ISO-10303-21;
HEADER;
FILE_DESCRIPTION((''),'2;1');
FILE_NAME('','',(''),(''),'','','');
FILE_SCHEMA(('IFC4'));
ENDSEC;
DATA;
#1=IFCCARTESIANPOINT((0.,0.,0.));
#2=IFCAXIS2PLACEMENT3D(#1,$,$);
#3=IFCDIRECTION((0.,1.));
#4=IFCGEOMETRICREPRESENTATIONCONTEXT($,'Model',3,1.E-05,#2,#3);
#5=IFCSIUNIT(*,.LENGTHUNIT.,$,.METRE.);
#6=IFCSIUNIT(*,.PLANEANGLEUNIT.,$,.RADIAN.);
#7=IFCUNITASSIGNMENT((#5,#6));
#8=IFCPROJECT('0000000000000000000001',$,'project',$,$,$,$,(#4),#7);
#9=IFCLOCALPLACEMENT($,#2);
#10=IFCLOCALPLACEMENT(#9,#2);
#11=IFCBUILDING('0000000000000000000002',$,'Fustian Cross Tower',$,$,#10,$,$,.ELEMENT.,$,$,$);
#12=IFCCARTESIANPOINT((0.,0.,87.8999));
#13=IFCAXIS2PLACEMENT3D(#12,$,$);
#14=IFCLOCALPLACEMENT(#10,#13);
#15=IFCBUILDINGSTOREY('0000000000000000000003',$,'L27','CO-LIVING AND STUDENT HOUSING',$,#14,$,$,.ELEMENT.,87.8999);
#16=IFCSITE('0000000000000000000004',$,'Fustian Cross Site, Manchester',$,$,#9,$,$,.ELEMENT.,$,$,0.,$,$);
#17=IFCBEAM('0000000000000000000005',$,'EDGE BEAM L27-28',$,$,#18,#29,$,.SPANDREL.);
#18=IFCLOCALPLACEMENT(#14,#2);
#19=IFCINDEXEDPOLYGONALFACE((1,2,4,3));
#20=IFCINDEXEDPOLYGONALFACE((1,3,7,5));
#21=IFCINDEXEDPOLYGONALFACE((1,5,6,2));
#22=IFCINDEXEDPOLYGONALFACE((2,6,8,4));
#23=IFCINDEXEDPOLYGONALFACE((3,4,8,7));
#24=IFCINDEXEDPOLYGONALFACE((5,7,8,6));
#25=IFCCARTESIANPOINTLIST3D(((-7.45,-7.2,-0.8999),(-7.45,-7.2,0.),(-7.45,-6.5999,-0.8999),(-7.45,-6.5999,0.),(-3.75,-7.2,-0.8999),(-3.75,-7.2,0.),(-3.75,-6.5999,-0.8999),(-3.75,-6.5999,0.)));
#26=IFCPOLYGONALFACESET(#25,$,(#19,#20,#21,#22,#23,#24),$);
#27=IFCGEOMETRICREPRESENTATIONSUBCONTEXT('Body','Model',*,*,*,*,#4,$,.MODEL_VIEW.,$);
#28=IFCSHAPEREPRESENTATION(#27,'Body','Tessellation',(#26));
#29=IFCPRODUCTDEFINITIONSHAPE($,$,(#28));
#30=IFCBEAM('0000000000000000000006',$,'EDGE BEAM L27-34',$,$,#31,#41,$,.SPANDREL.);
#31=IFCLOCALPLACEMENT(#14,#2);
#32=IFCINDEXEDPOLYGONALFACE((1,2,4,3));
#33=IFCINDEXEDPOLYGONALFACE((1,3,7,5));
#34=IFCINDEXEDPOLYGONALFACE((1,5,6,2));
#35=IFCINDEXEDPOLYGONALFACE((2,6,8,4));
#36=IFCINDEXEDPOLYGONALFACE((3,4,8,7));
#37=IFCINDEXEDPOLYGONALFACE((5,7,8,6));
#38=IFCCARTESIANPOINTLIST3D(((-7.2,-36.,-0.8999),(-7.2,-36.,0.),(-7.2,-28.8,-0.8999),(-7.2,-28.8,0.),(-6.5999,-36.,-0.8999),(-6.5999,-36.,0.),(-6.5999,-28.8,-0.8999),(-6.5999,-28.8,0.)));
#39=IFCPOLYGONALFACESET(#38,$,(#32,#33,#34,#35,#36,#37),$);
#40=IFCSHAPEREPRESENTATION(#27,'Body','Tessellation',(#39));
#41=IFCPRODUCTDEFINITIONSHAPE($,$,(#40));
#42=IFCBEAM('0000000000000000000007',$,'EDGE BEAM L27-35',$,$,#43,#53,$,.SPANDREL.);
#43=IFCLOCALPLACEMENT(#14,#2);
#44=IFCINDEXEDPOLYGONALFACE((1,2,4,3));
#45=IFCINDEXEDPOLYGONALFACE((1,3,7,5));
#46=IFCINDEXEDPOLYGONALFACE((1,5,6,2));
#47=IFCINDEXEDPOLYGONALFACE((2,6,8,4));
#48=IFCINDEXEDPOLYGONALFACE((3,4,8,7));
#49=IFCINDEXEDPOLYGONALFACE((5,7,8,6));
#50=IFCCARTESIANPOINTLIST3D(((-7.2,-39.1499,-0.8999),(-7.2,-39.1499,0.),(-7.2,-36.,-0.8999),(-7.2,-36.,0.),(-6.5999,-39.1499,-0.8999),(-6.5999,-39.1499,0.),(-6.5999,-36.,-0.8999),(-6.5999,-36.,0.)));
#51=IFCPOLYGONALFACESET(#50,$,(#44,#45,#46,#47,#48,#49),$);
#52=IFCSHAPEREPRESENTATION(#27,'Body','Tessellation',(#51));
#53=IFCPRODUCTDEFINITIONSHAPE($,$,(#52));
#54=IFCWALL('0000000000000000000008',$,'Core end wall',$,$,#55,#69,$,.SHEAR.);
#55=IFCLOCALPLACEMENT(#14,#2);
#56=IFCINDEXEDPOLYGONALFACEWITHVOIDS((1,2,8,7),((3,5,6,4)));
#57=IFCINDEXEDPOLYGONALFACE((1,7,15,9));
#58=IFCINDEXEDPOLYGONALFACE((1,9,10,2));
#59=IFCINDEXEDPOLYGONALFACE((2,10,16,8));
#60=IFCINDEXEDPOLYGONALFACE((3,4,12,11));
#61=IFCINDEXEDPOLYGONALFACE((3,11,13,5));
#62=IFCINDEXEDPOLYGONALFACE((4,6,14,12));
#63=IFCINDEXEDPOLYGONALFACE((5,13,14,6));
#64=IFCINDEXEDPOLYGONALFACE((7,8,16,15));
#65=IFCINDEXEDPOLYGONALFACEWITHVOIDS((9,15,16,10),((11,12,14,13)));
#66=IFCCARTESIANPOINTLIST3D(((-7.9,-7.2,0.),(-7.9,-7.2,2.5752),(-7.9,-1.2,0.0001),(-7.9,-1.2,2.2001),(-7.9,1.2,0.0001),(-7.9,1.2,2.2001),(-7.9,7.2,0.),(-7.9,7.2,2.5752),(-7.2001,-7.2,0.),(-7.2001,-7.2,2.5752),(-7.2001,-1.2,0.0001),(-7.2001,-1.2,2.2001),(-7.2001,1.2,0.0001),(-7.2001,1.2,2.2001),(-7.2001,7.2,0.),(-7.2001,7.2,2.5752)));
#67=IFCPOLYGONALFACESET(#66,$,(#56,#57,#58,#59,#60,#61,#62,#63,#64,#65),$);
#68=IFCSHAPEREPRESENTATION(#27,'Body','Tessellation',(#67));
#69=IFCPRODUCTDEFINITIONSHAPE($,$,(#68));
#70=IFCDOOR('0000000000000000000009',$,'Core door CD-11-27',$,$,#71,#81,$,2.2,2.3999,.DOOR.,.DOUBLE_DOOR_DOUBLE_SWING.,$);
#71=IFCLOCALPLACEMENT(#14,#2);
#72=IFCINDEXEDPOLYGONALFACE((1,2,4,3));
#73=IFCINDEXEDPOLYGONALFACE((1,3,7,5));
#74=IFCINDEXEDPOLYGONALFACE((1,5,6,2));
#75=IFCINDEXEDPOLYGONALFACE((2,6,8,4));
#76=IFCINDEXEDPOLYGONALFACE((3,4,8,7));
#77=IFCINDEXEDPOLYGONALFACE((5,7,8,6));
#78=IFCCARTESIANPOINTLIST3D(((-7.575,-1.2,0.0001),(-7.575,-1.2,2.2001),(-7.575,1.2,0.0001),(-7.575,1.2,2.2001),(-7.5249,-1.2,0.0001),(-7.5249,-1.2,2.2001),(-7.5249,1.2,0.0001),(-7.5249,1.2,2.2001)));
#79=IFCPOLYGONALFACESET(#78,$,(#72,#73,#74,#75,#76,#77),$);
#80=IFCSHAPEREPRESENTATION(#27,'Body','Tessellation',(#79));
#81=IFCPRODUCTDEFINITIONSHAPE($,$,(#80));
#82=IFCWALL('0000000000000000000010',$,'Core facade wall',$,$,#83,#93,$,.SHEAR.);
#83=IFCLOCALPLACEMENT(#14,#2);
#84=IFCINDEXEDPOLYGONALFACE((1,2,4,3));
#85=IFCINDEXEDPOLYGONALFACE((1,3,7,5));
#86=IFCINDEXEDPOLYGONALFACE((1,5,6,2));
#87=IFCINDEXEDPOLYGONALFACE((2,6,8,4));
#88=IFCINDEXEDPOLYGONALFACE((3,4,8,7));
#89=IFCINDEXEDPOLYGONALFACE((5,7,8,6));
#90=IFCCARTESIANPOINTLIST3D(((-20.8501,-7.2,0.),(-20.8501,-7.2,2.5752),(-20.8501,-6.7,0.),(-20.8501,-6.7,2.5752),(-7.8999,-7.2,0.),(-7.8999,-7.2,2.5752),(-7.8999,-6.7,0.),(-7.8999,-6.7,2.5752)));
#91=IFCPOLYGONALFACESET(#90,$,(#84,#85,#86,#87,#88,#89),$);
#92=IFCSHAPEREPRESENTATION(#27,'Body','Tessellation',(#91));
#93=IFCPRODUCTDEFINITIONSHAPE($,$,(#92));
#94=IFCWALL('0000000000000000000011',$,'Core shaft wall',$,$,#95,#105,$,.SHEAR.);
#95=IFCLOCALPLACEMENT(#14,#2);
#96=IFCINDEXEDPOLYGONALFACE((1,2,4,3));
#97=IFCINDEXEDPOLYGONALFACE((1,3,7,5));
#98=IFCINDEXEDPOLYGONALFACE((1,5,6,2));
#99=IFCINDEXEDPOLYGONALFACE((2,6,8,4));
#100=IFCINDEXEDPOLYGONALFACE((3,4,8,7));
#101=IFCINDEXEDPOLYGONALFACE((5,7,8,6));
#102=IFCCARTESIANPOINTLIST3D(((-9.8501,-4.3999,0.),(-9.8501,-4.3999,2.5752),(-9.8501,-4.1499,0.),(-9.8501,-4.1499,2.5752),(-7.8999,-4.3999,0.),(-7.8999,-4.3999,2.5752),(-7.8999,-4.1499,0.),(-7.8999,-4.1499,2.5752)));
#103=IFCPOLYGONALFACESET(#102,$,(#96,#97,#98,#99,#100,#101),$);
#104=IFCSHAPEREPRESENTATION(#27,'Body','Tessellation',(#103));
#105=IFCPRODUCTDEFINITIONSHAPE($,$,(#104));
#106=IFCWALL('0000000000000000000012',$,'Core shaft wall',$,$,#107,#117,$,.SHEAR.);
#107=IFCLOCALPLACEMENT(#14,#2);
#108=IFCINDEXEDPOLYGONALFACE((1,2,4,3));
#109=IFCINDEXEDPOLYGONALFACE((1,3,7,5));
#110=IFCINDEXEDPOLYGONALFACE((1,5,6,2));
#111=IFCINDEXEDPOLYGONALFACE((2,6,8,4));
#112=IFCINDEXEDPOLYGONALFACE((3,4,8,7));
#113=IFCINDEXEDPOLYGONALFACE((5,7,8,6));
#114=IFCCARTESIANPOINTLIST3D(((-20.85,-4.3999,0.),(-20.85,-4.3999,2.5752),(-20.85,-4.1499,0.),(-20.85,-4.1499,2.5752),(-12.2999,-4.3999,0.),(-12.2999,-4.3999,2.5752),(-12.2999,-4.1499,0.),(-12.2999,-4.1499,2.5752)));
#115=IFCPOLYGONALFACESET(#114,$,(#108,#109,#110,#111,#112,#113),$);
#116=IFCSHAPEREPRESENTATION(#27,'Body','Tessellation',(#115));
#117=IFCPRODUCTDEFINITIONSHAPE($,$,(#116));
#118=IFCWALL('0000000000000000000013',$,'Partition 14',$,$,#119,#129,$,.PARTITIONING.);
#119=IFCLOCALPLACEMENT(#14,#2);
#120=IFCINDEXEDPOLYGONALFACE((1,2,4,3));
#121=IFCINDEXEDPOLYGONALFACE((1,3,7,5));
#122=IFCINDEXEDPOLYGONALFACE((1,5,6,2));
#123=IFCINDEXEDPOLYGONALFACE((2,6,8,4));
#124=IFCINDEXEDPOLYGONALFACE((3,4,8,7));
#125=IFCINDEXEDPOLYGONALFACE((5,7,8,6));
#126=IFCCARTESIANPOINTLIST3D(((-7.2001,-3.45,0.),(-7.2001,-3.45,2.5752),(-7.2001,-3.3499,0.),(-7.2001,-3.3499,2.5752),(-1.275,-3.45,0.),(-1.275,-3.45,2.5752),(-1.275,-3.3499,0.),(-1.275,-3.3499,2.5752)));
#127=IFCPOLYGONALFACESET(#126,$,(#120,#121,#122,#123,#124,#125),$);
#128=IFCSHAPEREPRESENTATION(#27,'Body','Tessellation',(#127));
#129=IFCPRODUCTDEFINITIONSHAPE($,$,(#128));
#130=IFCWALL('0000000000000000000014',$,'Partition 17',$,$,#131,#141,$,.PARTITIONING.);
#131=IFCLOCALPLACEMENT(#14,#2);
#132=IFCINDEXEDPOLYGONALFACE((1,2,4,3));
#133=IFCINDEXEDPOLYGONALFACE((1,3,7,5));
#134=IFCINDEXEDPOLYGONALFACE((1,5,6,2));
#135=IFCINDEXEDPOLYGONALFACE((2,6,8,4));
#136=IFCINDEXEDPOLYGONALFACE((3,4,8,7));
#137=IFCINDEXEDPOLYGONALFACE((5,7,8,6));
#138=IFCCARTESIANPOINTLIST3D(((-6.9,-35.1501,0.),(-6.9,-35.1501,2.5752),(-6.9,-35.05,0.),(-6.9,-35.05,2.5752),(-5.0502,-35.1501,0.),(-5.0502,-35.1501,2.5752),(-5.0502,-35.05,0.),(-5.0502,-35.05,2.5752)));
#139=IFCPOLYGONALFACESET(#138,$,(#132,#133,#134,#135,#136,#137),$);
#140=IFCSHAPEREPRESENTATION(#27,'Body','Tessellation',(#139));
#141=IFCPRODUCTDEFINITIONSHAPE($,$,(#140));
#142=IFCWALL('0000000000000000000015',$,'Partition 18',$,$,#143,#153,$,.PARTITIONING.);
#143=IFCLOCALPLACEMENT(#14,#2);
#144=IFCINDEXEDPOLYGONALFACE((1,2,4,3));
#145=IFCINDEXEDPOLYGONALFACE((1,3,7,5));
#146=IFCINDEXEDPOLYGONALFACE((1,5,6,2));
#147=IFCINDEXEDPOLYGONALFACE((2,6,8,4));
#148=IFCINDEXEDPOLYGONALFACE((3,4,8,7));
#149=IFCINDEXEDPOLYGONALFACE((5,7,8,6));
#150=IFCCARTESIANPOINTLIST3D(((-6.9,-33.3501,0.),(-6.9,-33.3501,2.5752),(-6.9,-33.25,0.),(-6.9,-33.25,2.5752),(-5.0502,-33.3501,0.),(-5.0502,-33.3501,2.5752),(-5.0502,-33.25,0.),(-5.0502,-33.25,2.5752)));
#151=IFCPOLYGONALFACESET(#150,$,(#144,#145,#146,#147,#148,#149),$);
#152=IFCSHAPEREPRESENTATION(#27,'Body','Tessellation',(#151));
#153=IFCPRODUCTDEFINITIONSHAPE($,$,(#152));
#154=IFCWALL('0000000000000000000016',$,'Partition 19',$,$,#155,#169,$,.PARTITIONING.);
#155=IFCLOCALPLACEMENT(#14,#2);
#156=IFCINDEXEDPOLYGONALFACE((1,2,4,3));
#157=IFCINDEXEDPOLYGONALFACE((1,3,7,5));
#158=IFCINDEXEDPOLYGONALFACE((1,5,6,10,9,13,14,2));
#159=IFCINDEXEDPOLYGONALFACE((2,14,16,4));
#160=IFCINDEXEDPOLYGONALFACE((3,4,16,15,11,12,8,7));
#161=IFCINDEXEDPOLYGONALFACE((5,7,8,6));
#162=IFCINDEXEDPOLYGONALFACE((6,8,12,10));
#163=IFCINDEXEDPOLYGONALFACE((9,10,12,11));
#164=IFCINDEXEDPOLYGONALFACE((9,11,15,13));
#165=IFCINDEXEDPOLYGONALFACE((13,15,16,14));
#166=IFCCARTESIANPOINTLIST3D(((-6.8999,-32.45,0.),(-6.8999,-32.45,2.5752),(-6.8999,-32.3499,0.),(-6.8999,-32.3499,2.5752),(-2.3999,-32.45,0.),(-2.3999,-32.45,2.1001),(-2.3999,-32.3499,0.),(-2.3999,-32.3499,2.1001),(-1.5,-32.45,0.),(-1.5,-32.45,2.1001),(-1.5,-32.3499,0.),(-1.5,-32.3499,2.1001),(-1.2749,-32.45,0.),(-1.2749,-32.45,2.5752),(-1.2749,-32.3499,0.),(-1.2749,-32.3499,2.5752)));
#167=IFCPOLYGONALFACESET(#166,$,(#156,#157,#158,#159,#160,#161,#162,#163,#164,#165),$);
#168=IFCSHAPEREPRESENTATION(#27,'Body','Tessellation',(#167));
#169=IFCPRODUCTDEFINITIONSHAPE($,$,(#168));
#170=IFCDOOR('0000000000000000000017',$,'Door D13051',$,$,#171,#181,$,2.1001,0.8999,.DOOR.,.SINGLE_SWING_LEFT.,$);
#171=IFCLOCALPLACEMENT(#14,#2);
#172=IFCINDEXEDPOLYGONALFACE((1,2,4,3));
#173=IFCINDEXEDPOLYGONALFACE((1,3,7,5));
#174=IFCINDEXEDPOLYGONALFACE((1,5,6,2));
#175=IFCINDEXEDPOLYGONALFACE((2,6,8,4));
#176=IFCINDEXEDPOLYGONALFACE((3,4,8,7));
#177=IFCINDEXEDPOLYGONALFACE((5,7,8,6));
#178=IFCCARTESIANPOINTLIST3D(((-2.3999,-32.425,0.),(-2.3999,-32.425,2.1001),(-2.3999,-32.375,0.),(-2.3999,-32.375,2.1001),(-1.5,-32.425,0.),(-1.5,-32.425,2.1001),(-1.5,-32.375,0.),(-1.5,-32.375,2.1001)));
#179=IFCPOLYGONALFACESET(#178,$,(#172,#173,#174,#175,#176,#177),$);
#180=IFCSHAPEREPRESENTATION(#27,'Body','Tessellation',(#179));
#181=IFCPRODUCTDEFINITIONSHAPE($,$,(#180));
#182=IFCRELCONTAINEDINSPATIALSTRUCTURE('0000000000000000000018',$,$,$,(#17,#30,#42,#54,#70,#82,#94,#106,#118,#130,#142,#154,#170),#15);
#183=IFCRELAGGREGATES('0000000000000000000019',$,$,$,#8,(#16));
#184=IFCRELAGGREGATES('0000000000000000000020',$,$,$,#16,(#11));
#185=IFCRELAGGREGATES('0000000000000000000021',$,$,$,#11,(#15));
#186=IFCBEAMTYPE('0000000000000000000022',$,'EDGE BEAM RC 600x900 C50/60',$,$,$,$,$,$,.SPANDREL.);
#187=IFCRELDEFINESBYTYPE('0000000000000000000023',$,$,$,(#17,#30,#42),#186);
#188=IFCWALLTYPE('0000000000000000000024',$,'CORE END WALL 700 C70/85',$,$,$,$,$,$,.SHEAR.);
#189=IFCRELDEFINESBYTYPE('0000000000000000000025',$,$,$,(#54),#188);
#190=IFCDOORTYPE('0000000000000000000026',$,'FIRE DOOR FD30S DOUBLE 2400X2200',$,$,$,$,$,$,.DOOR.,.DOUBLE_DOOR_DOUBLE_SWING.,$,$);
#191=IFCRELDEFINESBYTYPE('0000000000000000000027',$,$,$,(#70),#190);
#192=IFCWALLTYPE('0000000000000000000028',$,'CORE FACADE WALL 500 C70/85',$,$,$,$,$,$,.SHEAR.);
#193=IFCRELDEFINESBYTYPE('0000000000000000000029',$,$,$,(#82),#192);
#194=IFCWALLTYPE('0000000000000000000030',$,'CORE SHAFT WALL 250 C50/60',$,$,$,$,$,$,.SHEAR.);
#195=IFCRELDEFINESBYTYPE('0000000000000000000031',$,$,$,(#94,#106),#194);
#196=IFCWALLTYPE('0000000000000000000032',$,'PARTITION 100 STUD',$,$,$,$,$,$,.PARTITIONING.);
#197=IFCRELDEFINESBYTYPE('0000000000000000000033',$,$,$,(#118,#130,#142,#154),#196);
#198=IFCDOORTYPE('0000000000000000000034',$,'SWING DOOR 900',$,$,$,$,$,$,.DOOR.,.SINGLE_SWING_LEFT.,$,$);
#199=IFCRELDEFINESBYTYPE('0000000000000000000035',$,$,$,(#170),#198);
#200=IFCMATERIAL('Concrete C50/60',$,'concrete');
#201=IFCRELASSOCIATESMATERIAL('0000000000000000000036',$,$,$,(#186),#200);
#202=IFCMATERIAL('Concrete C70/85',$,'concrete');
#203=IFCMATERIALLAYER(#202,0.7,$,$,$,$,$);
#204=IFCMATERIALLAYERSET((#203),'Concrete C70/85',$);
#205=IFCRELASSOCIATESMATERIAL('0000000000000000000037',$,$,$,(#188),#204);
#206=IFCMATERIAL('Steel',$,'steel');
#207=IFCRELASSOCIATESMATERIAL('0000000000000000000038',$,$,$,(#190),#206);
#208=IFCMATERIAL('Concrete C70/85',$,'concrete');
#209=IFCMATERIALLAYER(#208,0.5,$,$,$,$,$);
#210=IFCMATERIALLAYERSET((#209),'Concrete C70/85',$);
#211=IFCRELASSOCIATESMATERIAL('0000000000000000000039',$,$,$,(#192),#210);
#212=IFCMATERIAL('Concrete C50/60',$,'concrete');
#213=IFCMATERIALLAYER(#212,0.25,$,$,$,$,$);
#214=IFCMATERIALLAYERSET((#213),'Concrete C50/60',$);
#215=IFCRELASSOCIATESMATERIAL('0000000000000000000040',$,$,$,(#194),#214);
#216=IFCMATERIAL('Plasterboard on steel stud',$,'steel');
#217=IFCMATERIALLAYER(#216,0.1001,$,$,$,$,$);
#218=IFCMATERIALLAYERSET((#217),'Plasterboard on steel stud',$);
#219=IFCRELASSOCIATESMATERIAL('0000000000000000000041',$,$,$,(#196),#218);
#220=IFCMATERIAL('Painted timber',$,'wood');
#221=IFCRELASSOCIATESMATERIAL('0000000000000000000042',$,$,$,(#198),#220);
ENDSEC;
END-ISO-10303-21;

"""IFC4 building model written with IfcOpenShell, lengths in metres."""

from ifc_helpers import new_model, si_unit, direction, frame, frame_2d, origin, origin_2d, place, context, subcontext, project, spatial, rectangle, extrude, material, layer, layer_set, material_profile, profile_set, type_object, element, fill, save


model = new_model("IFC4")

# Units and contexts
model_context = context("Model", 3, precision=1e-05, world=origin(), true_north=direction((0.0, 1.0)))
body_context = subcontext(model_context, "Body", "Model", "MODEL_VIEW")
ifc_project = project(units=[si_unit("LENGTHUNIT", "METRE"), si_unit("PLANEANGLEUNIT", "RADIAN")], contexts=[model_context])

# Site, building, storey
site_placement = place(None, origin())
site = spatial("IfcSite", under=ifc_project, at=site_placement, Name="Fustian Cross Site, Manchester", CompositionType="ELEMENT", RefElevation=0.0)
building_placement = place(site_placement, origin())
building = spatial("IfcBuilding", under=site, at=building_placement, Name="Fustian Cross Tower", CompositionType="ELEMENT")
storey_placement = place(building_placement, frame((0.0, 0.0, 87.8999)))
storey = spatial("IfcBuildingStorey", under=building, at=storey_placement, Name="L27", Description="CO-LIVING AND STUDENT HOUSING", CompositionType="ELEMENT", Elevation=87.8999)

# Beams
ifc_material_1 = material(Name="Concrete C50/60", Category="concrete")
ifc_material_profile = material_profile(ifc_material_1, rectangle(XDim=0.6001, YDim=0.8999, at=origin_2d()), Name="RC 600x900")
ifc_profile_set = profile_set([ifc_material_profile], Name="Concrete C50/60")
beam_type = type_object("IfcBeamType", Name="EDGE BEAM RC 600x900 C50/60", PredefinedType="SPANDREL", material=ifc_profile_set)
beam_1_placement = place(storey_placement, frame((-7.45, -6.8999, -0.45), z_axis=(1.0, 0.0, 0.0), x_axis=(0.0, 1.0, 0.0)))
element("IfcBeam", 1, at=beam_1_placement, inside=storey, type_object=beam_type, Name="EDGE BEAM L27-28", PredefinedType="SPANDREL", context=body_context, shape_type="SweptSolid", body=[
    extrude(rectangle(XDim=0.6001, YDim=0.8999, at=origin_2d()), origin(), (0.0, 0.0, 1.0), 3.7),
])
beam_2_placement = place(storey_placement, frame((-6.8999, -28.8, -0.45), z_axis=(0.0, -1.0, 0.0), x_axis=(1.0, 0.0, 0.0)))
element("IfcBeam", 2, at=beam_2_placement, inside=storey, type_object=beam_type, Name="EDGE BEAM L27-34", PredefinedType="SPANDREL", context=body_context, shape_type="SweptSolid", body=[
    extrude(rectangle(XDim=0.6001, YDim=0.8999, at=origin_2d()), origin(), (0.0, 0.0, 1.0), 7.2),
])
beam_3_placement = place(storey_placement, frame((-6.8999, -36.0, -0.45), z_axis=(0.0, -1.0, 0.0), x_axis=(1.0, 0.0, 0.0)))
element("IfcBeam", 3, at=beam_3_placement, inside=storey, type_object=beam_type, Name="EDGE BEAM L27-35", PredefinedType="SPANDREL", context=body_context, shape_type="SweptSolid", body=[
    extrude(rectangle(XDim=0.6001, YDim=0.8999, at=origin_2d()), origin(), (0.0, 0.0, 1.0), 3.1499),
])

# Wall, opening, door
ifc_material_2 = material(Name="Concrete C70/85", Category="concrete")
ifc_layer_1 = layer(ifc_material_2, 0.7)
ifc_layer_set_1 = layer_set([ifc_layer_1], Name="Concrete C70/85")
wall_type_1 = type_object("IfcWallType", Name="CORE END WALL 700 C70/85", PredefinedType="SHEAR", material=ifc_layer_set_1)
wall_1_placement = place(storey_placement, frame((-7.55, -7.2, 0.0), z_axis=(0.0, 0.0, 1.0), x_axis=(0.0, 1.0, 0.0)))
wall_1 = element("IfcWall", 4, at=wall_1_placement, inside=storey, type_object=wall_type_1, Name="Core end wall", PredefinedType="SHEAR", context=body_context, shape_type="SweptSolid", body=[
    extrude(rectangle(XDim=14.3999, YDim=0.7, at=frame_2d((7.2, 0.0))), origin(), (0.0, 0.0, 1.0), 2.5752),
])
opening_1_placement = place(wall_1_placement, frame((6.0, 0.0, 0.0)))
opening_1 = element("IfcOpeningElement", 5, at=opening_1_placement, cuts=wall_1, PredefinedType="OPENING", context=body_context, shape_type="SweptSolid", body=[
    extrude(rectangle(XDim=2.3999, YDim=2.2, at=frame_2d((1.2, 1.1001))), frame((0.0, 0.3599, 0.0), z_axis=(0.0, -1.0, 0.0), x_axis=(1.0, 0.0, 0.0)), (0.0, 0.0, 1.0), 0.72),
])
ifc_material_3 = material(Name="Steel", Category="steel")
door_type_1 = type_object("IfcDoorType", Name="FIRE DOOR FD30S DOUBLE 2400X2200", OperationType="DOUBLE_DOOR_DOUBLE_SWING", PredefinedType="DOOR", material=ifc_material_3)
door_1_placement = place(opening_1_placement, origin())
door_1 = element("IfcDoor", 6, at=door_1_placement, inside=storey, type_object=door_type_1, Name="Core door CD-11-27", OperationType="DOUBLE_DOOR_DOUBLE_SWING", OverallHeight=2.2, OverallWidth=2.3999, PredefinedType="DOOR", context=body_context, shape_type="SweptSolid", body=[
    extrude(rectangle(XDim=2.3999, YDim=2.2, at=frame_2d((1.2, 1.1001))), frame((0.0, 0.0249, 0.0), z_axis=(0.0, -1.0, 0.0), x_axis=(1.0, 0.0, 0.0)), (0.0, 0.0, 1.0), 0.05),
])
fill(opening_1, door_1)

# Walls
ifc_material_4 = material(Name="Concrete C70/85", Category="concrete")
ifc_layer_2 = layer(ifc_material_4, 0.5)
ifc_layer_set_2 = layer_set([ifc_layer_2], Name="Concrete C70/85")
wall_type_2 = type_object("IfcWallType", Name="CORE FACADE WALL 500 C70/85", PredefinedType="SHEAR", material=ifc_layer_set_2)
wall_2_placement = place(storey_placement, frame((-7.8999, -6.95, 0.0), z_axis=(0.0, 0.0, 1.0), x_axis=(-1.0, 0.0, 0.0)))
element("IfcWall", 7, at=wall_2_placement, inside=storey, type_object=wall_type_2, Name="Core facade wall", PredefinedType="SHEAR", context=body_context, shape_type="SweptSolid", body=[
    extrude(rectangle(XDim=12.9502, YDim=0.5, at=frame_2d((6.4751, 0.0))), origin(), (0.0, 0.0, 1.0), 2.5752),
])
ifc_material_5 = material(Name="Concrete C50/60", Category="concrete")
ifc_layer_3 = layer(ifc_material_5, 0.25)
ifc_layer_set_3 = layer_set([ifc_layer_3], Name="Concrete C50/60")
wall_type_3 = type_object("IfcWallType", Name="CORE SHAFT WALL 250 C50/60", PredefinedType="SHEAR", material=ifc_layer_set_3)
wall_3_placement = place(storey_placement, frame((-7.8999, -4.2749, 0.0), z_axis=(0.0, 0.0, 1.0), x_axis=(-1.0, 0.0, 0.0)))
element("IfcWall", 8, at=wall_3_placement, inside=storey, type_object=wall_type_3, Name="Core shaft wall", PredefinedType="SHEAR", context=body_context, shape_type="SweptSolid", body=[
    extrude(rectangle(XDim=1.9502, YDim=0.25, at=frame_2d((0.9751, 0.0))), origin(), (0.0, 0.0, 1.0), 2.5752),
])
wall_4_placement = place(storey_placement, frame((-12.3, -4.2749, 0.0), z_axis=(0.0, 0.0, 1.0), x_axis=(-1.0, 0.0, 0.0)))
element("IfcWall", 9, at=wall_4_placement, inside=storey, type_object=wall_type_3, Name="Core shaft wall", PredefinedType="SHEAR", context=body_context, shape_type="SweptSolid", body=[
    extrude(rectangle(XDim=8.55, YDim=0.25, at=frame_2d((4.2749, 0.0))), origin(), (0.0, 0.0, 1.0), 2.5752),
])
ifc_material_6 = material(Name="Plasterboard on steel stud", Category="steel")
ifc_layer_4 = layer(ifc_material_6, 0.1001)
ifc_layer_set_4 = layer_set([ifc_layer_4], Name="Plasterboard on steel stud")
wall_type_4 = type_object("IfcWallType", Name="PARTITION 100 STUD", PredefinedType="PARTITIONING", material=ifc_layer_set_4)
wall_5_placement = place(storey_placement, frame((-7.2, -3.3999, 0.0), z_axis=(0.0, 0.0, 1.0), x_axis=(1.0, 0.0, 0.0)))
element("IfcWall", 10, at=wall_5_placement, inside=storey, type_object=wall_type_4, Name="Partition 14", PredefinedType="PARTITIONING", context=body_context, shape_type="SweptSolid", body=[
    extrude(rectangle(XDim=5.925, YDim=0.1001, at=frame_2d((2.9624, 0.0))), origin(), (0.0, 0.0, 1.0), 2.5752),
])
for number, where, z_axis, x_axis, name in (
    (11, (-6.8999, -35.1001, 0.0), (0.0, 0.0, 1.0), (1.0, 0.0, 0.0), "Partition 17"),
    (12, (-6.8999, -33.3, 0.0), (0.0, 0.0, 1.0), (1.0, 0.0, 0.0), "Partition 18"),
):
    element("IfcWall", number, at=place(storey_placement, frame(where, z_axis=z_axis, x_axis=x_axis)), inside=storey, type_object=wall_type_4, Name=name, PredefinedType="PARTITIONING", context=body_context, shape_type="SweptSolid", body=[
        extrude(rectangle(XDim=1.8499, YDim=0.1001, at=frame_2d((0.9248, 0.0))), origin(), (0.0, 0.0, 1.0), 2.5752),
    ])

# Wall, opening, door
wall_6_placement = place(storey_placement, frame((-6.8999, -32.3999, 0.0), z_axis=(0.0, 0.0, 1.0), x_axis=(1.0, 0.0, 0.0)))
wall_6 = element("IfcWall", 13, at=wall_6_placement, inside=storey, type_object=wall_type_4, Name="Partition 19", PredefinedType="PARTITIONING", context=body_context, shape_type="SweptSolid", body=[
    extrude(rectangle(XDim=5.625, YDim=0.1001, at=frame_2d((2.8125, 0.0))), origin(), (0.0, 0.0, 1.0), 2.5752),
])
opening_2_placement = place(wall_6_placement, frame((4.5, 0.0, 0.0)))
opening_2 = element("IfcOpeningElement", 14, at=opening_2_placement, cuts=wall_6, PredefinedType="OPENING", context=body_context, shape_type="SweptSolid", body=[
    extrude(rectangle(XDim=0.8999, YDim=2.1001, at=frame_2d((0.45, 1.05))), frame((0.0, 0.0601, 0.0), z_axis=(0.0, -1.0, 0.0), x_axis=(1.0, 0.0, 0.0)), (0.0, 0.0, 1.0), 0.1201),
])
ifc_material_7 = material(Name="Painted timber", Category="wood")
door_type_2 = type_object("IfcDoorType", Name="SWING DOOR 900", OperationType="SINGLE_SWING_LEFT", PredefinedType="DOOR", material=ifc_material_7)
door_2_placement = place(opening_2_placement, origin())
door_2 = element("IfcDoor", 15, at=door_2_placement, inside=storey, type_object=door_type_2, Name="Door D13051", OperationType="SINGLE_SWING_LEFT", OverallHeight=2.1001, OverallWidth=0.8999, PredefinedType="DOOR", context=body_context, shape_type="SweptSolid", body=[
    extrude(rectangle(XDim=0.8999, YDim=2.1001, at=frame_2d((0.45, 1.05))), frame((0.0, 0.0249, 0.0), z_axis=(0.0, -1.0, 0.0), x_axis=(1.0, 0.0, 0.0)), (0.0, 0.0, 1.0), 0.05),
])
fill(opening_2, door_2)

save(model, "model.ifc")
